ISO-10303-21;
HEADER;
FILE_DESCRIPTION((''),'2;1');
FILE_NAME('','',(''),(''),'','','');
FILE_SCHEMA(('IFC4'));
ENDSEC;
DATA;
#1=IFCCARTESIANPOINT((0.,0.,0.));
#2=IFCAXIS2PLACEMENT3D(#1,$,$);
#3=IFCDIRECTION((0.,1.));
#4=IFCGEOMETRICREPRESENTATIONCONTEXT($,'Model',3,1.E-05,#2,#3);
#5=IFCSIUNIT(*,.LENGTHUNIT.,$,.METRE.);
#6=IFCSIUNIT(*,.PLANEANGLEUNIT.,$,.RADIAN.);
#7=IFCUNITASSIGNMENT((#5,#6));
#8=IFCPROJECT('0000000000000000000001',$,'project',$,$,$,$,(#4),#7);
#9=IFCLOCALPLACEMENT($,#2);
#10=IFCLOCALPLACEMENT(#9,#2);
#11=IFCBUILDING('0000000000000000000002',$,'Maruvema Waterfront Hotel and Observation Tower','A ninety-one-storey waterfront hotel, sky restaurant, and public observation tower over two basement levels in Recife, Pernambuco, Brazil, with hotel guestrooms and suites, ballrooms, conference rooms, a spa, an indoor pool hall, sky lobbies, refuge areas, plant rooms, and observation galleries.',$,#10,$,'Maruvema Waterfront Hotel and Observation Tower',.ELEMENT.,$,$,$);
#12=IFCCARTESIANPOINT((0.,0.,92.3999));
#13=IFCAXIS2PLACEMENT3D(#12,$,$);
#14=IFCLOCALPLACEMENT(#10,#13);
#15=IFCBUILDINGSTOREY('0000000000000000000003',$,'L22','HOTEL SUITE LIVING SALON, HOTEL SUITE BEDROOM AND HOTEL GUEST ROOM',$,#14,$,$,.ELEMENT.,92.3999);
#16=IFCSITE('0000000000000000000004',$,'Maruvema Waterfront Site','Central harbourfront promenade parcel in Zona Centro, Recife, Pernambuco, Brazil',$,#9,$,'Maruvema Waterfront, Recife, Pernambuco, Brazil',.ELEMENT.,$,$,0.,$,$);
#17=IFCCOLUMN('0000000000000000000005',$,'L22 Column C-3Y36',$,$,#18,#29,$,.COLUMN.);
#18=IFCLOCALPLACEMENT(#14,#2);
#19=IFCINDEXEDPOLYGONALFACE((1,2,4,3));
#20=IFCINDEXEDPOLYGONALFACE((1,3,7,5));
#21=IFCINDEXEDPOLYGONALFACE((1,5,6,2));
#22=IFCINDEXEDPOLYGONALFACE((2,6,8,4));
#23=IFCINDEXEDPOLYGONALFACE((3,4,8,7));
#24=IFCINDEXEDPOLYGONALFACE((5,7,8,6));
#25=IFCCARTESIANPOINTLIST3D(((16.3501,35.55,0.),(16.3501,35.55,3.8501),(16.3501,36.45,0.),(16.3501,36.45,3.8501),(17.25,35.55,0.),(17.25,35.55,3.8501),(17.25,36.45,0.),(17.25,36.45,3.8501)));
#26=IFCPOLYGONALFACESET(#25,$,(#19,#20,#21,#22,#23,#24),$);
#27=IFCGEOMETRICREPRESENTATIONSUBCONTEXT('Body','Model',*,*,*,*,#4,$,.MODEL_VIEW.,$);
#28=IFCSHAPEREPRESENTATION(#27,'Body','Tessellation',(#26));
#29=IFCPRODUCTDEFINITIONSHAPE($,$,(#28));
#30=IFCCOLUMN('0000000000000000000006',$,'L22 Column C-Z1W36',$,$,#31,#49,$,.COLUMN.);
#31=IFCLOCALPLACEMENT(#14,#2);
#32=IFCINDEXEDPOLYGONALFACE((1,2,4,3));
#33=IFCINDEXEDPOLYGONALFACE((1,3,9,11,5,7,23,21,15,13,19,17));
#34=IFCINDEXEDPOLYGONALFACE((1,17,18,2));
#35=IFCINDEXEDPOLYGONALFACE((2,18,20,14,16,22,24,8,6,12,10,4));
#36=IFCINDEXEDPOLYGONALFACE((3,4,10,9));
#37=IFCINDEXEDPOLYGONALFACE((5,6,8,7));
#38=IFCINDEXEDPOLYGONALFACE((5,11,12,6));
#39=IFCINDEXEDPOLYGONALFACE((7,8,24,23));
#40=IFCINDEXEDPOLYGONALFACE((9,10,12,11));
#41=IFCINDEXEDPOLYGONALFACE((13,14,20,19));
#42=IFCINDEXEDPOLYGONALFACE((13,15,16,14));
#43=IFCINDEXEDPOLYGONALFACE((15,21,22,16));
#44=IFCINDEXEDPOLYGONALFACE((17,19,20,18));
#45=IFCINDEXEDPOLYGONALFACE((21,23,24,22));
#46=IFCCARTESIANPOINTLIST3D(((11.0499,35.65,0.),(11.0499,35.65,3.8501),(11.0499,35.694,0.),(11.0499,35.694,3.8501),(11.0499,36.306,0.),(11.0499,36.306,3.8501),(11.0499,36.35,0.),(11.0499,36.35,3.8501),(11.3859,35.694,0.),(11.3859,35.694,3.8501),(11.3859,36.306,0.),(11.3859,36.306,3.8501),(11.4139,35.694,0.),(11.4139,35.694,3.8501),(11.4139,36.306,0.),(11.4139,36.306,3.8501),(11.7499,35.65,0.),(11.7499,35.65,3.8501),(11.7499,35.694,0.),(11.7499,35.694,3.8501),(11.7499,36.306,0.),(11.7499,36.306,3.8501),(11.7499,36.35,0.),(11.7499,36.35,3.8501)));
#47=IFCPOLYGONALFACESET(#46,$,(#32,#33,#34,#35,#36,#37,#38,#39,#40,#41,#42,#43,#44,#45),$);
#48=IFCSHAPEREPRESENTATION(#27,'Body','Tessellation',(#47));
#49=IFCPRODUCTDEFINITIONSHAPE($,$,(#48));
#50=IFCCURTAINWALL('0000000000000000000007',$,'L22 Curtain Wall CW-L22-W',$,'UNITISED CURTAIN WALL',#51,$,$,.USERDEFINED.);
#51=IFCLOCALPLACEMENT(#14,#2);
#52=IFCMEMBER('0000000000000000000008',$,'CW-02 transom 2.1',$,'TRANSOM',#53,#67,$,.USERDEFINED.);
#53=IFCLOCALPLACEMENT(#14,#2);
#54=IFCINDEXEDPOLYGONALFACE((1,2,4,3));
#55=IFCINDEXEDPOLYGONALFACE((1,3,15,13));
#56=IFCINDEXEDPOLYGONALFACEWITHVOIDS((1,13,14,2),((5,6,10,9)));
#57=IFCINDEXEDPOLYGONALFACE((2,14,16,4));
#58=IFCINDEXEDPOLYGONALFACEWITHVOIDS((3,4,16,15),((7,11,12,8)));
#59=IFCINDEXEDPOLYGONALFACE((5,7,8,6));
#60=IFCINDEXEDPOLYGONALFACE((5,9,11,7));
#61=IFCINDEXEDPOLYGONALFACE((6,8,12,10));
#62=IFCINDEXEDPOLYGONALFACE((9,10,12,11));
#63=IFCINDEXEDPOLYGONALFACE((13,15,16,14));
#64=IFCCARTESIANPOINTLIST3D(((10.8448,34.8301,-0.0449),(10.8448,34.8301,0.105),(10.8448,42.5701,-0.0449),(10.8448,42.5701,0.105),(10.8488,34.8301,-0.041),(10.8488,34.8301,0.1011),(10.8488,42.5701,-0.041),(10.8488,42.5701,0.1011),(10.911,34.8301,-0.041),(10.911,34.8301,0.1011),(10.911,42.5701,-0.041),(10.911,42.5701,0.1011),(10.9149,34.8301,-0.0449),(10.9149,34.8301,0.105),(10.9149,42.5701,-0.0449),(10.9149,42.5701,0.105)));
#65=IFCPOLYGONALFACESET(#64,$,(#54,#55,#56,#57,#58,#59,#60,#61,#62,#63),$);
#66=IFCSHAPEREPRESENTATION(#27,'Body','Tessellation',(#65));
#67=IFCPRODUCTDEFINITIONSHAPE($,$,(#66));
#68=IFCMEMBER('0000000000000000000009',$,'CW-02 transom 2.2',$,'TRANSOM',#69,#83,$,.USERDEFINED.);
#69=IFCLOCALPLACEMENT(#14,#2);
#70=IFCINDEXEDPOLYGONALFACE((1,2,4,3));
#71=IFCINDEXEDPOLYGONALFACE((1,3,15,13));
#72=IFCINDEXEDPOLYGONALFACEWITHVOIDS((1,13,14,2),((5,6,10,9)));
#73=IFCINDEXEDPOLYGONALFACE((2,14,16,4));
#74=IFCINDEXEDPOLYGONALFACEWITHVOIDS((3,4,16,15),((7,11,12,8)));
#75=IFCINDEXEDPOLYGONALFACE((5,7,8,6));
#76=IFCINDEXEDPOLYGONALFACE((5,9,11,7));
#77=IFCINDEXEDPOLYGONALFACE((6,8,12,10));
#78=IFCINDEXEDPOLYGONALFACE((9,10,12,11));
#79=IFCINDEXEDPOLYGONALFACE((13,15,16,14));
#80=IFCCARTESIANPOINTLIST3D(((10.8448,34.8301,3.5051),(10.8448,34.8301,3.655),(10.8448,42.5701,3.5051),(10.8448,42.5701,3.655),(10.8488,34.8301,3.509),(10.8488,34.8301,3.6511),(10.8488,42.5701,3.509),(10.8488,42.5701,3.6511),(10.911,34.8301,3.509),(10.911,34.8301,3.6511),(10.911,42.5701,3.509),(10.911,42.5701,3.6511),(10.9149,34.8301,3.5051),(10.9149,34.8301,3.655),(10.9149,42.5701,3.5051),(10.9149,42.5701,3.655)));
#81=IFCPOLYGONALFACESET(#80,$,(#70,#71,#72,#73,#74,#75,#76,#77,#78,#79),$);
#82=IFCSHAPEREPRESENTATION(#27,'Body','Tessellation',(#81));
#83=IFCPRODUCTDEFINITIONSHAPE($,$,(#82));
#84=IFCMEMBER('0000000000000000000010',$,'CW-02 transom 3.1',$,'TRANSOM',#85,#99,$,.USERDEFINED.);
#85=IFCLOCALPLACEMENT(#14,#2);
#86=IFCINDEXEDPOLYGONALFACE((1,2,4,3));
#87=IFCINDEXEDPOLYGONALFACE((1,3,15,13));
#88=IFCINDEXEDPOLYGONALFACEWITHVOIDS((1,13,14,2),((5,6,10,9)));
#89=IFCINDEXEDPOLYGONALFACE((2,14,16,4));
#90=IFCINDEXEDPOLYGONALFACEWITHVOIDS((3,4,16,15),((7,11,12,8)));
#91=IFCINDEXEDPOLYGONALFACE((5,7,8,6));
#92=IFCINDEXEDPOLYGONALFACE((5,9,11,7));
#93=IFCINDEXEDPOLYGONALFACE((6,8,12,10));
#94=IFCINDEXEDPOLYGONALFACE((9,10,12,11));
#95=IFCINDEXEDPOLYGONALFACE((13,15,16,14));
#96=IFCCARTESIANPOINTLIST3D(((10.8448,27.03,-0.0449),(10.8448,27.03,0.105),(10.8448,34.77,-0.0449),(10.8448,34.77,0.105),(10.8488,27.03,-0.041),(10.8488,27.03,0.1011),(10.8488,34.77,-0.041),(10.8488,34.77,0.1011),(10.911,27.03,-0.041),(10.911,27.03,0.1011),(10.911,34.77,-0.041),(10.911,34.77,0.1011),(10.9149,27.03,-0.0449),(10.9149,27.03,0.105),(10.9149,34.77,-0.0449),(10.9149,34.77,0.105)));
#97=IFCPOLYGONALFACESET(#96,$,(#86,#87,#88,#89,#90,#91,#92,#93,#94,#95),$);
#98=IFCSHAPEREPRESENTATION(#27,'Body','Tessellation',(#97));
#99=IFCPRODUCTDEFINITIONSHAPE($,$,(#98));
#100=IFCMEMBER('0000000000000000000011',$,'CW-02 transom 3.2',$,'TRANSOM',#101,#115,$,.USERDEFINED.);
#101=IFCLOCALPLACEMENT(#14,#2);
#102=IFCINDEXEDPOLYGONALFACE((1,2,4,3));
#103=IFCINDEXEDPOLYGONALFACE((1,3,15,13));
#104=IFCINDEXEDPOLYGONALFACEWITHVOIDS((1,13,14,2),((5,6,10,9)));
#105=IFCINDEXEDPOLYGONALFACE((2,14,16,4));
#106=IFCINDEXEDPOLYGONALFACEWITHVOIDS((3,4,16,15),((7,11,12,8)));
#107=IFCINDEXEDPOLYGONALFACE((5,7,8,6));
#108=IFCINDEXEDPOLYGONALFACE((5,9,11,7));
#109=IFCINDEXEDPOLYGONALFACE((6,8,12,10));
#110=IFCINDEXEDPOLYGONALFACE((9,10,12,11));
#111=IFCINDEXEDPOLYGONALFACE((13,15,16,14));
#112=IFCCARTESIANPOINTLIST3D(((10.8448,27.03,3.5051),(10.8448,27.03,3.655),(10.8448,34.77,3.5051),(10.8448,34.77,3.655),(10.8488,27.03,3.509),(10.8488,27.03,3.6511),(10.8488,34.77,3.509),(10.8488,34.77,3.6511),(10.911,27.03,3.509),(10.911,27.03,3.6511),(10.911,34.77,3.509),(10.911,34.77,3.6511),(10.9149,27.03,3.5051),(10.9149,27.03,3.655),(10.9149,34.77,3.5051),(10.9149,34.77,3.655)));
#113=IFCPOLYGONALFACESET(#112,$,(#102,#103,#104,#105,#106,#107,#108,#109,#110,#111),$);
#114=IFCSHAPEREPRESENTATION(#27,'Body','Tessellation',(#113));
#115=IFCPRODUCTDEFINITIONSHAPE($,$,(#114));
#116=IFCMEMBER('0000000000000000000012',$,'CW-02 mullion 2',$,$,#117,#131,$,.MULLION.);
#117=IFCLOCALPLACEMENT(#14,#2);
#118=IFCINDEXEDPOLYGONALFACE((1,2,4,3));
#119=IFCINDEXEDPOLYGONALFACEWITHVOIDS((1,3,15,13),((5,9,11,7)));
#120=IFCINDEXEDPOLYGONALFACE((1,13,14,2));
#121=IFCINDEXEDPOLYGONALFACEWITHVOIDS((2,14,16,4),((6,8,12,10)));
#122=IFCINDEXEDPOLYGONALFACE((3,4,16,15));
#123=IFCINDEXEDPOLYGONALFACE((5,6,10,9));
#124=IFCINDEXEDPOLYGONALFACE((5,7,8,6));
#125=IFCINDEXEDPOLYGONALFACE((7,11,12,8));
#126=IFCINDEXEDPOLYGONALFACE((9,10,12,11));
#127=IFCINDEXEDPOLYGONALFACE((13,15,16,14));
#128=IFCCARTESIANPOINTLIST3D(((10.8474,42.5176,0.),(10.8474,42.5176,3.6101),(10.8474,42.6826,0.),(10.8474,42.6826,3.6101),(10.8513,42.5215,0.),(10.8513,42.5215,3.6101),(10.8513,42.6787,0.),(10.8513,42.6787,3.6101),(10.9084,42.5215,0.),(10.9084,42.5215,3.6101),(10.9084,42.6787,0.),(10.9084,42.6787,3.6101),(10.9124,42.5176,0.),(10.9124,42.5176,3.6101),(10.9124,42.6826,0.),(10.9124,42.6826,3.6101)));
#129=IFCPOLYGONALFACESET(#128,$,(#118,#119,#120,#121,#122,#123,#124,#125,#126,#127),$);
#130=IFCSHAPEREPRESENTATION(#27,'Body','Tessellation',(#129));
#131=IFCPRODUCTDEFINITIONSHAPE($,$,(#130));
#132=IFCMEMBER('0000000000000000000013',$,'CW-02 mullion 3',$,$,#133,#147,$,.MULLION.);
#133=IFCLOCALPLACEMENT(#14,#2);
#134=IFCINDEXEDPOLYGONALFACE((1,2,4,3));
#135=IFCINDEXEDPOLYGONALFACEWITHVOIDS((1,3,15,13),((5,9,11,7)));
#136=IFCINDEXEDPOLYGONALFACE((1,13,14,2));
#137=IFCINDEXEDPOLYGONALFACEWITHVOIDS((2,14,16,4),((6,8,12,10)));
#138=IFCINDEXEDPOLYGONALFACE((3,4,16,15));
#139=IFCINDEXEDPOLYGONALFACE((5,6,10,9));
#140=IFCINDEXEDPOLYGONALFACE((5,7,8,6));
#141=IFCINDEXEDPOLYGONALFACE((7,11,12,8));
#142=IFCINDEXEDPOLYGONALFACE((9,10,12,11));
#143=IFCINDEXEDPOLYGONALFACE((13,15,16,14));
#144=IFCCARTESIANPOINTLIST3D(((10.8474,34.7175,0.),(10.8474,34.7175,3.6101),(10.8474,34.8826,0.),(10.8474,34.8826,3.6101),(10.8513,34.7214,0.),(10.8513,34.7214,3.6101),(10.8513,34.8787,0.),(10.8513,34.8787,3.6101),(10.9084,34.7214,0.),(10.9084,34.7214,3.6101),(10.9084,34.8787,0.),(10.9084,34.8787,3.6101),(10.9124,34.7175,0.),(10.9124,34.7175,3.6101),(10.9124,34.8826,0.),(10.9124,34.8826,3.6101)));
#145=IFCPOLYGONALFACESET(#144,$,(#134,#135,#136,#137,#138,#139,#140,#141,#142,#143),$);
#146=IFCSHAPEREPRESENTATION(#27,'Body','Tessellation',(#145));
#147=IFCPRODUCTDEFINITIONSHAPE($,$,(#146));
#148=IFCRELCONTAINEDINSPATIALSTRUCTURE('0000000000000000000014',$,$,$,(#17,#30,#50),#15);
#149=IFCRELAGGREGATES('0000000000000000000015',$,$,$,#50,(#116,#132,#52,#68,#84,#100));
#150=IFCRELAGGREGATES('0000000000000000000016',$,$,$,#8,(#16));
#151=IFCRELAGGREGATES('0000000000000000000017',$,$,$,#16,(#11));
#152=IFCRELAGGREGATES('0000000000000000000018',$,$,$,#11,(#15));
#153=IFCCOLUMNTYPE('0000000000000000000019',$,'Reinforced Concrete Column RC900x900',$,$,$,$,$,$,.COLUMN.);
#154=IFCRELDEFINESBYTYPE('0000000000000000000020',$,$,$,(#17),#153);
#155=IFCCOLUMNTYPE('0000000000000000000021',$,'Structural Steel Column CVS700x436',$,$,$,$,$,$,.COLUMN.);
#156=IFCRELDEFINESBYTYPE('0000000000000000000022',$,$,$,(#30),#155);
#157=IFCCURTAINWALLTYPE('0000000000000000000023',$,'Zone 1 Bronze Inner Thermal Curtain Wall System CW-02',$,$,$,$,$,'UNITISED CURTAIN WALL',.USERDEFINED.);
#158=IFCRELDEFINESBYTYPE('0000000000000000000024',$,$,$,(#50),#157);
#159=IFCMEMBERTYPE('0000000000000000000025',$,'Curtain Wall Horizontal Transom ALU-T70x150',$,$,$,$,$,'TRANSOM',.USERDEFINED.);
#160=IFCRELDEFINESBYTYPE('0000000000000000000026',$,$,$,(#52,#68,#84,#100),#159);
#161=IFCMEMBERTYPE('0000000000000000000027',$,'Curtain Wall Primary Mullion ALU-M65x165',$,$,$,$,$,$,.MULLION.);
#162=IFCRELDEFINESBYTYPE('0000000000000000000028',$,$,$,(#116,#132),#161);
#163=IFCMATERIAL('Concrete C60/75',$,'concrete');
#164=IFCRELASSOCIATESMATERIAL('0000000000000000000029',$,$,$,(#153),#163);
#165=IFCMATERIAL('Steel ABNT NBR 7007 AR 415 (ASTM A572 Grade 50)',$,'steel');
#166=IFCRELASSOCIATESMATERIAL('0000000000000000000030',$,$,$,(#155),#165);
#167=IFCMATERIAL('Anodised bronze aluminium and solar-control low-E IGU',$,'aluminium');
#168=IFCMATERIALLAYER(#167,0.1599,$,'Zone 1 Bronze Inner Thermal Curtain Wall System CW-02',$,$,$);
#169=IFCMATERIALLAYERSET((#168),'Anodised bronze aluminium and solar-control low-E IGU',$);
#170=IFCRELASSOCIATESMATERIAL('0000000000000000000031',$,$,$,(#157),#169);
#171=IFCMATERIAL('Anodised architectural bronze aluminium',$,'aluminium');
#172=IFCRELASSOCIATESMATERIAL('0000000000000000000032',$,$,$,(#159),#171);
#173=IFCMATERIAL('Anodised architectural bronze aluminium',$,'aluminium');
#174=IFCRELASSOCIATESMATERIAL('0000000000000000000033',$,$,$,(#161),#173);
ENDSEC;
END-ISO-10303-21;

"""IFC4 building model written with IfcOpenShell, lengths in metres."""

from ifc_helpers import new_model, si_unit, direction, frame, origin, origin_2d, place, context, subcontext, project, spatial, rectangle, hollow_rectangle, i_section, extrude, material, layer, layer_set, material_profile, profile_set, type_object, element, aggregate, save


model = new_model("IFC4")

# Units and contexts
model_context = context("Model", 3, precision=1e-05, world=origin(), true_north=direction((0.0, 1.0)))
body_context = subcontext(model_context, "Body", "Model", "MODEL_VIEW")
ifc_project = project(units=[si_unit("LENGTHUNIT", "METRE"), si_unit("PLANEANGLEUNIT", "RADIAN")], contexts=[model_context])

# Site, building, storey
site_placement = place(None, origin())
site = spatial("IfcSite", under=ifc_project, at=site_placement, Name="Maruvema Waterfront Site", Description="Central harbourfront promenade parcel in Zona Centro, Recife, Pernambuco, Brazil", LongName="Maruvema Waterfront, Recife, Pernambuco, Brazil", CompositionType="ELEMENT", RefElevation=0.0)
building_placement = place(site_placement, origin())
building = spatial("IfcBuilding", under=site, at=building_placement, Name="Maruvema Waterfront Hotel and Observation Tower", Description="A ninety-one-storey waterfront hotel, sky restaurant, and public observation tower over two basement levels in Recife, Pernambuco, Brazil, with hotel guestrooms and suites, ballrooms, conference rooms, a spa, an indoor pool hall, sky lobbies, refuge areas, plant rooms, and observation galleries.", LongName="Maruvema Waterfront Hotel and Observation Tower", CompositionType="ELEMENT")
storey_placement = place(building_placement, frame((0.0, 0.0, 92.3999)))
storey = spatial("IfcBuildingStorey", under=building, at=storey_placement, Name="L22", Description="HOTEL SUITE LIVING SALON, HOTEL SUITE BEDROOM AND HOTEL GUEST ROOM", CompositionType="ELEMENT", Elevation=92.3999)

# Columns
ifc_material_1 = material(Name="Concrete C60/75", Category="concrete")
ifc_material_profile_1 = material_profile(ifc_material_1, rectangle(XDim=0.8999, YDim=0.8999, at=origin_2d()), Name="RC900x900")
ifc_profile_set_1 = profile_set([ifc_material_profile_1], Name="Concrete C60/75")
column_type_1 = type_object("IfcColumnType", Name="Reinforced Concrete Column RC900x900", PredefinedType="COLUMN", material=ifc_profile_set_1)
column_1_placement = place(storey_placement, frame((16.8, 36.0, 0.0), z_axis=(0.0, 0.0, 1.0), x_axis=(1.0, 0.0, 0.0)))
element("IfcColumn", 1, at=column_1_placement, inside=storey, type_object=column_type_1, Name="L22 Column C-3Y36", PredefinedType="COLUMN", context=body_context, shape_type="SweptSolid", body=[
    extrude(rectangle(XDim=0.8999, YDim=0.8999, at=origin_2d()), origin(), (0.0, 0.0, 1.0), 3.8501),
])
ifc_material_2 = material(Name="Steel ABNT NBR 7007 AR 415 (ASTM A572 Grade 50)", Category="steel")
ifc_material_profile_2 = material_profile(ifc_material_2, i_section(OverallWidth=0.7, OverallDepth=0.7, WebThickness=0.0281, FlangeThickness=0.0439, at=origin_2d()), Name="CVS700x436")
ifc_profile_set_2 = profile_set([ifc_material_profile_2], Name="Steel ABNT NBR 7007 AR 415 (ASTM A572 Grade 50)")
column_type_2 = type_object("IfcColumnType", Name="Structural Steel Column CVS700x436", PredefinedType="COLUMN", material=ifc_profile_set_2)
column_2_placement = place(storey_placement, frame((11.3999, 36.0, 0.0), z_axis=(0.0, 0.0, 1.0), x_axis=(1.0, 0.0, 0.0)))
element("IfcColumn", 2, at=column_2_placement, inside=storey, type_object=column_type_2, Name="L22 Column C-Z1W36", PredefinedType="COLUMN", context=body_context, shape_type="SweptSolid", body=[
    extrude(i_section(OverallWidth=0.7, OverallDepth=0.7, WebThickness=0.0281, FlangeThickness=0.0439, at=origin_2d()), origin(), (0.0, 0.0, 1.0), 3.8501),
])

# Curtain wall, members
ifc_material_3 = material(Name="Anodised bronze aluminium and solar-control low-E IGU", Category="aluminium")
ifc_layer_1 = layer(ifc_material_3, 0.1599, Name="Zone 1 Bronze Inner Thermal Curtain Wall System CW-02")
ifc_layer_set_1 = layer_set([ifc_layer_1], Name="Anodised bronze aluminium and solar-control low-E IGU")
curtain_wall_type = type_object("IfcCurtainWallType", Name="Zone 1 Bronze Inner Thermal Curtain Wall System CW-02", ElementType="UNITISED CURTAIN WALL", PredefinedType="USERDEFINED", material=ifc_layer_set_1)
curtain_wall_placement = place(storey_placement, origin())
curtain_wall = element("IfcCurtainWall", 3, at=curtain_wall_placement, inside=storey, type_object=curtain_wall_type, Name="L22 Curtain Wall CW-L22-W", ObjectType="UNITISED CURTAIN WALL", PredefinedType="USERDEFINED")
ifc_material_4 = material(Name="Anodised architectural bronze aluminium", Category="aluminium")
ifc_material_profile_3 = material_profile(ifc_material_4, hollow_rectangle(XDim=0.0701, YDim=0.1499, WallThickness=0.0039, at=origin_2d()), Name="ALU-T70x150")
ifc_profile_set_3 = profile_set([ifc_material_profile_3], Name="Anodised architectural bronze aluminium")
member_type_1 = type_object("IfcMemberType", Name="Curtain Wall Horizontal Transom ALU-T70x150", ElementType="TRANSOM", PredefinedType="USERDEFINED", material=ifc_profile_set_3)
member_1_placement = place(storey_placement, frame((10.8799, 42.5701, 0.03), z_axis=(0.0, -1.0, 0.0), x_axis=(1.0, 0.0, 0.0)))
member_1 = element("IfcMember", 4, at=member_1_placement, type_object=member_type_1, Name="CW-02 transom 2.1", ObjectType="TRANSOM", PredefinedType="USERDEFINED", context=body_context, shape_type="SweptSolid", body=[
    extrude(hollow_rectangle(XDim=0.0701, YDim=0.1499, WallThickness=0.0039, at=origin_2d()), origin(), (0.0, 0.0, 1.0), 7.74),
])
member_2_placement = place(storey_placement, frame((10.8799, 42.5701, 3.5801), z_axis=(0.0, -1.0, 0.0), x_axis=(1.0, 0.0, 0.0)))
member_2 = element("IfcMember", 5, at=member_2_placement, type_object=member_type_1, Name="CW-02 transom 2.2", ObjectType="TRANSOM", PredefinedType="USERDEFINED", context=body_context, shape_type="SweptSolid", body=[
    extrude(hollow_rectangle(XDim=0.0701, YDim=0.1499, WallThickness=0.0039, at=origin_2d()), origin(), (0.0, 0.0, 1.0), 7.74),
])
member_3_placement = place(storey_placement, frame((10.8799, 34.77, 0.03), z_axis=(0.0, -1.0, 0.0), x_axis=(1.0, 0.0, 0.0)))
member_3 = element("IfcMember", 6, at=member_3_placement, type_object=member_type_1, Name="CW-02 transom 3.1", ObjectType="TRANSOM", PredefinedType="USERDEFINED", context=body_context, shape_type="SweptSolid", body=[
    extrude(hollow_rectangle(XDim=0.0701, YDim=0.1499, WallThickness=0.0039, at=origin_2d()), origin(), (0.0, 0.0, 1.0), 7.74),
])
member_4_placement = place(storey_placement, frame((10.8799, 34.77, 3.5801), z_axis=(0.0, -1.0, 0.0), x_axis=(1.0, 0.0, 0.0)))
member_4 = element("IfcMember", 7, at=member_4_placement, type_object=member_type_1, Name="CW-02 transom 3.2", ObjectType="TRANSOM", PredefinedType="USERDEFINED", context=body_context, shape_type="SweptSolid", body=[
    extrude(hollow_rectangle(XDim=0.0701, YDim=0.1499, WallThickness=0.0039, at=origin_2d()), origin(), (0.0, 0.0, 1.0), 7.74),
])
ifc_material_5 = material(Name="Anodised architectural bronze aluminium", Category="aluminium")
ifc_material_profile_4 = material_profile(ifc_material_5, hollow_rectangle(XDim=0.0649, YDim=0.165, WallThickness=0.0039, at=origin_2d()), Name="ALU-M65x165")
ifc_profile_set_4 = profile_set([ifc_material_profile_4], Name="Anodised architectural bronze aluminium")
member_type_2 = type_object("IfcMemberType", Name="Curtain Wall Primary Mullion ALU-M65x165", PredefinedType="MULLION", material=ifc_profile_set_4)
member_5_placement = place(storey_placement, frame((10.8799, 42.6001, 0.0), z_axis=(0.0, 0.0, 1.0), x_axis=(1.0, 0.0, 0.0)))
member_5 = element("IfcMember", 8, at=member_5_placement, type_object=member_type_2, Name="CW-02 mullion 2", PredefinedType="MULLION", context=body_context, shape_type="SweptSolid", body=[
    extrude(hollow_rectangle(XDim=0.0649, YDim=0.165, WallThickness=0.0039, at=origin_2d()), origin(), (0.0, 0.0, 1.0), 3.6101),
])
member_6_placement = place(storey_placement, frame((10.8799, 34.8, 0.0), z_axis=(0.0, 0.0, 1.0), x_axis=(1.0, 0.0, 0.0)))
member_6 = element("IfcMember", 9, at=member_6_placement, type_object=member_type_2, Name="CW-02 mullion 3", PredefinedType="MULLION", context=body_context, shape_type="SweptSolid", body=[
    extrude(hollow_rectangle(XDim=0.0649, YDim=0.165, WallThickness=0.0039, at=origin_2d()), origin(), (0.0, 0.0, 1.0), 3.6101),
])

aggregate(curtain_wall, [member_5, member_6, member_1, member_2, member_3, member_4])

save(model, "model.ifc")
